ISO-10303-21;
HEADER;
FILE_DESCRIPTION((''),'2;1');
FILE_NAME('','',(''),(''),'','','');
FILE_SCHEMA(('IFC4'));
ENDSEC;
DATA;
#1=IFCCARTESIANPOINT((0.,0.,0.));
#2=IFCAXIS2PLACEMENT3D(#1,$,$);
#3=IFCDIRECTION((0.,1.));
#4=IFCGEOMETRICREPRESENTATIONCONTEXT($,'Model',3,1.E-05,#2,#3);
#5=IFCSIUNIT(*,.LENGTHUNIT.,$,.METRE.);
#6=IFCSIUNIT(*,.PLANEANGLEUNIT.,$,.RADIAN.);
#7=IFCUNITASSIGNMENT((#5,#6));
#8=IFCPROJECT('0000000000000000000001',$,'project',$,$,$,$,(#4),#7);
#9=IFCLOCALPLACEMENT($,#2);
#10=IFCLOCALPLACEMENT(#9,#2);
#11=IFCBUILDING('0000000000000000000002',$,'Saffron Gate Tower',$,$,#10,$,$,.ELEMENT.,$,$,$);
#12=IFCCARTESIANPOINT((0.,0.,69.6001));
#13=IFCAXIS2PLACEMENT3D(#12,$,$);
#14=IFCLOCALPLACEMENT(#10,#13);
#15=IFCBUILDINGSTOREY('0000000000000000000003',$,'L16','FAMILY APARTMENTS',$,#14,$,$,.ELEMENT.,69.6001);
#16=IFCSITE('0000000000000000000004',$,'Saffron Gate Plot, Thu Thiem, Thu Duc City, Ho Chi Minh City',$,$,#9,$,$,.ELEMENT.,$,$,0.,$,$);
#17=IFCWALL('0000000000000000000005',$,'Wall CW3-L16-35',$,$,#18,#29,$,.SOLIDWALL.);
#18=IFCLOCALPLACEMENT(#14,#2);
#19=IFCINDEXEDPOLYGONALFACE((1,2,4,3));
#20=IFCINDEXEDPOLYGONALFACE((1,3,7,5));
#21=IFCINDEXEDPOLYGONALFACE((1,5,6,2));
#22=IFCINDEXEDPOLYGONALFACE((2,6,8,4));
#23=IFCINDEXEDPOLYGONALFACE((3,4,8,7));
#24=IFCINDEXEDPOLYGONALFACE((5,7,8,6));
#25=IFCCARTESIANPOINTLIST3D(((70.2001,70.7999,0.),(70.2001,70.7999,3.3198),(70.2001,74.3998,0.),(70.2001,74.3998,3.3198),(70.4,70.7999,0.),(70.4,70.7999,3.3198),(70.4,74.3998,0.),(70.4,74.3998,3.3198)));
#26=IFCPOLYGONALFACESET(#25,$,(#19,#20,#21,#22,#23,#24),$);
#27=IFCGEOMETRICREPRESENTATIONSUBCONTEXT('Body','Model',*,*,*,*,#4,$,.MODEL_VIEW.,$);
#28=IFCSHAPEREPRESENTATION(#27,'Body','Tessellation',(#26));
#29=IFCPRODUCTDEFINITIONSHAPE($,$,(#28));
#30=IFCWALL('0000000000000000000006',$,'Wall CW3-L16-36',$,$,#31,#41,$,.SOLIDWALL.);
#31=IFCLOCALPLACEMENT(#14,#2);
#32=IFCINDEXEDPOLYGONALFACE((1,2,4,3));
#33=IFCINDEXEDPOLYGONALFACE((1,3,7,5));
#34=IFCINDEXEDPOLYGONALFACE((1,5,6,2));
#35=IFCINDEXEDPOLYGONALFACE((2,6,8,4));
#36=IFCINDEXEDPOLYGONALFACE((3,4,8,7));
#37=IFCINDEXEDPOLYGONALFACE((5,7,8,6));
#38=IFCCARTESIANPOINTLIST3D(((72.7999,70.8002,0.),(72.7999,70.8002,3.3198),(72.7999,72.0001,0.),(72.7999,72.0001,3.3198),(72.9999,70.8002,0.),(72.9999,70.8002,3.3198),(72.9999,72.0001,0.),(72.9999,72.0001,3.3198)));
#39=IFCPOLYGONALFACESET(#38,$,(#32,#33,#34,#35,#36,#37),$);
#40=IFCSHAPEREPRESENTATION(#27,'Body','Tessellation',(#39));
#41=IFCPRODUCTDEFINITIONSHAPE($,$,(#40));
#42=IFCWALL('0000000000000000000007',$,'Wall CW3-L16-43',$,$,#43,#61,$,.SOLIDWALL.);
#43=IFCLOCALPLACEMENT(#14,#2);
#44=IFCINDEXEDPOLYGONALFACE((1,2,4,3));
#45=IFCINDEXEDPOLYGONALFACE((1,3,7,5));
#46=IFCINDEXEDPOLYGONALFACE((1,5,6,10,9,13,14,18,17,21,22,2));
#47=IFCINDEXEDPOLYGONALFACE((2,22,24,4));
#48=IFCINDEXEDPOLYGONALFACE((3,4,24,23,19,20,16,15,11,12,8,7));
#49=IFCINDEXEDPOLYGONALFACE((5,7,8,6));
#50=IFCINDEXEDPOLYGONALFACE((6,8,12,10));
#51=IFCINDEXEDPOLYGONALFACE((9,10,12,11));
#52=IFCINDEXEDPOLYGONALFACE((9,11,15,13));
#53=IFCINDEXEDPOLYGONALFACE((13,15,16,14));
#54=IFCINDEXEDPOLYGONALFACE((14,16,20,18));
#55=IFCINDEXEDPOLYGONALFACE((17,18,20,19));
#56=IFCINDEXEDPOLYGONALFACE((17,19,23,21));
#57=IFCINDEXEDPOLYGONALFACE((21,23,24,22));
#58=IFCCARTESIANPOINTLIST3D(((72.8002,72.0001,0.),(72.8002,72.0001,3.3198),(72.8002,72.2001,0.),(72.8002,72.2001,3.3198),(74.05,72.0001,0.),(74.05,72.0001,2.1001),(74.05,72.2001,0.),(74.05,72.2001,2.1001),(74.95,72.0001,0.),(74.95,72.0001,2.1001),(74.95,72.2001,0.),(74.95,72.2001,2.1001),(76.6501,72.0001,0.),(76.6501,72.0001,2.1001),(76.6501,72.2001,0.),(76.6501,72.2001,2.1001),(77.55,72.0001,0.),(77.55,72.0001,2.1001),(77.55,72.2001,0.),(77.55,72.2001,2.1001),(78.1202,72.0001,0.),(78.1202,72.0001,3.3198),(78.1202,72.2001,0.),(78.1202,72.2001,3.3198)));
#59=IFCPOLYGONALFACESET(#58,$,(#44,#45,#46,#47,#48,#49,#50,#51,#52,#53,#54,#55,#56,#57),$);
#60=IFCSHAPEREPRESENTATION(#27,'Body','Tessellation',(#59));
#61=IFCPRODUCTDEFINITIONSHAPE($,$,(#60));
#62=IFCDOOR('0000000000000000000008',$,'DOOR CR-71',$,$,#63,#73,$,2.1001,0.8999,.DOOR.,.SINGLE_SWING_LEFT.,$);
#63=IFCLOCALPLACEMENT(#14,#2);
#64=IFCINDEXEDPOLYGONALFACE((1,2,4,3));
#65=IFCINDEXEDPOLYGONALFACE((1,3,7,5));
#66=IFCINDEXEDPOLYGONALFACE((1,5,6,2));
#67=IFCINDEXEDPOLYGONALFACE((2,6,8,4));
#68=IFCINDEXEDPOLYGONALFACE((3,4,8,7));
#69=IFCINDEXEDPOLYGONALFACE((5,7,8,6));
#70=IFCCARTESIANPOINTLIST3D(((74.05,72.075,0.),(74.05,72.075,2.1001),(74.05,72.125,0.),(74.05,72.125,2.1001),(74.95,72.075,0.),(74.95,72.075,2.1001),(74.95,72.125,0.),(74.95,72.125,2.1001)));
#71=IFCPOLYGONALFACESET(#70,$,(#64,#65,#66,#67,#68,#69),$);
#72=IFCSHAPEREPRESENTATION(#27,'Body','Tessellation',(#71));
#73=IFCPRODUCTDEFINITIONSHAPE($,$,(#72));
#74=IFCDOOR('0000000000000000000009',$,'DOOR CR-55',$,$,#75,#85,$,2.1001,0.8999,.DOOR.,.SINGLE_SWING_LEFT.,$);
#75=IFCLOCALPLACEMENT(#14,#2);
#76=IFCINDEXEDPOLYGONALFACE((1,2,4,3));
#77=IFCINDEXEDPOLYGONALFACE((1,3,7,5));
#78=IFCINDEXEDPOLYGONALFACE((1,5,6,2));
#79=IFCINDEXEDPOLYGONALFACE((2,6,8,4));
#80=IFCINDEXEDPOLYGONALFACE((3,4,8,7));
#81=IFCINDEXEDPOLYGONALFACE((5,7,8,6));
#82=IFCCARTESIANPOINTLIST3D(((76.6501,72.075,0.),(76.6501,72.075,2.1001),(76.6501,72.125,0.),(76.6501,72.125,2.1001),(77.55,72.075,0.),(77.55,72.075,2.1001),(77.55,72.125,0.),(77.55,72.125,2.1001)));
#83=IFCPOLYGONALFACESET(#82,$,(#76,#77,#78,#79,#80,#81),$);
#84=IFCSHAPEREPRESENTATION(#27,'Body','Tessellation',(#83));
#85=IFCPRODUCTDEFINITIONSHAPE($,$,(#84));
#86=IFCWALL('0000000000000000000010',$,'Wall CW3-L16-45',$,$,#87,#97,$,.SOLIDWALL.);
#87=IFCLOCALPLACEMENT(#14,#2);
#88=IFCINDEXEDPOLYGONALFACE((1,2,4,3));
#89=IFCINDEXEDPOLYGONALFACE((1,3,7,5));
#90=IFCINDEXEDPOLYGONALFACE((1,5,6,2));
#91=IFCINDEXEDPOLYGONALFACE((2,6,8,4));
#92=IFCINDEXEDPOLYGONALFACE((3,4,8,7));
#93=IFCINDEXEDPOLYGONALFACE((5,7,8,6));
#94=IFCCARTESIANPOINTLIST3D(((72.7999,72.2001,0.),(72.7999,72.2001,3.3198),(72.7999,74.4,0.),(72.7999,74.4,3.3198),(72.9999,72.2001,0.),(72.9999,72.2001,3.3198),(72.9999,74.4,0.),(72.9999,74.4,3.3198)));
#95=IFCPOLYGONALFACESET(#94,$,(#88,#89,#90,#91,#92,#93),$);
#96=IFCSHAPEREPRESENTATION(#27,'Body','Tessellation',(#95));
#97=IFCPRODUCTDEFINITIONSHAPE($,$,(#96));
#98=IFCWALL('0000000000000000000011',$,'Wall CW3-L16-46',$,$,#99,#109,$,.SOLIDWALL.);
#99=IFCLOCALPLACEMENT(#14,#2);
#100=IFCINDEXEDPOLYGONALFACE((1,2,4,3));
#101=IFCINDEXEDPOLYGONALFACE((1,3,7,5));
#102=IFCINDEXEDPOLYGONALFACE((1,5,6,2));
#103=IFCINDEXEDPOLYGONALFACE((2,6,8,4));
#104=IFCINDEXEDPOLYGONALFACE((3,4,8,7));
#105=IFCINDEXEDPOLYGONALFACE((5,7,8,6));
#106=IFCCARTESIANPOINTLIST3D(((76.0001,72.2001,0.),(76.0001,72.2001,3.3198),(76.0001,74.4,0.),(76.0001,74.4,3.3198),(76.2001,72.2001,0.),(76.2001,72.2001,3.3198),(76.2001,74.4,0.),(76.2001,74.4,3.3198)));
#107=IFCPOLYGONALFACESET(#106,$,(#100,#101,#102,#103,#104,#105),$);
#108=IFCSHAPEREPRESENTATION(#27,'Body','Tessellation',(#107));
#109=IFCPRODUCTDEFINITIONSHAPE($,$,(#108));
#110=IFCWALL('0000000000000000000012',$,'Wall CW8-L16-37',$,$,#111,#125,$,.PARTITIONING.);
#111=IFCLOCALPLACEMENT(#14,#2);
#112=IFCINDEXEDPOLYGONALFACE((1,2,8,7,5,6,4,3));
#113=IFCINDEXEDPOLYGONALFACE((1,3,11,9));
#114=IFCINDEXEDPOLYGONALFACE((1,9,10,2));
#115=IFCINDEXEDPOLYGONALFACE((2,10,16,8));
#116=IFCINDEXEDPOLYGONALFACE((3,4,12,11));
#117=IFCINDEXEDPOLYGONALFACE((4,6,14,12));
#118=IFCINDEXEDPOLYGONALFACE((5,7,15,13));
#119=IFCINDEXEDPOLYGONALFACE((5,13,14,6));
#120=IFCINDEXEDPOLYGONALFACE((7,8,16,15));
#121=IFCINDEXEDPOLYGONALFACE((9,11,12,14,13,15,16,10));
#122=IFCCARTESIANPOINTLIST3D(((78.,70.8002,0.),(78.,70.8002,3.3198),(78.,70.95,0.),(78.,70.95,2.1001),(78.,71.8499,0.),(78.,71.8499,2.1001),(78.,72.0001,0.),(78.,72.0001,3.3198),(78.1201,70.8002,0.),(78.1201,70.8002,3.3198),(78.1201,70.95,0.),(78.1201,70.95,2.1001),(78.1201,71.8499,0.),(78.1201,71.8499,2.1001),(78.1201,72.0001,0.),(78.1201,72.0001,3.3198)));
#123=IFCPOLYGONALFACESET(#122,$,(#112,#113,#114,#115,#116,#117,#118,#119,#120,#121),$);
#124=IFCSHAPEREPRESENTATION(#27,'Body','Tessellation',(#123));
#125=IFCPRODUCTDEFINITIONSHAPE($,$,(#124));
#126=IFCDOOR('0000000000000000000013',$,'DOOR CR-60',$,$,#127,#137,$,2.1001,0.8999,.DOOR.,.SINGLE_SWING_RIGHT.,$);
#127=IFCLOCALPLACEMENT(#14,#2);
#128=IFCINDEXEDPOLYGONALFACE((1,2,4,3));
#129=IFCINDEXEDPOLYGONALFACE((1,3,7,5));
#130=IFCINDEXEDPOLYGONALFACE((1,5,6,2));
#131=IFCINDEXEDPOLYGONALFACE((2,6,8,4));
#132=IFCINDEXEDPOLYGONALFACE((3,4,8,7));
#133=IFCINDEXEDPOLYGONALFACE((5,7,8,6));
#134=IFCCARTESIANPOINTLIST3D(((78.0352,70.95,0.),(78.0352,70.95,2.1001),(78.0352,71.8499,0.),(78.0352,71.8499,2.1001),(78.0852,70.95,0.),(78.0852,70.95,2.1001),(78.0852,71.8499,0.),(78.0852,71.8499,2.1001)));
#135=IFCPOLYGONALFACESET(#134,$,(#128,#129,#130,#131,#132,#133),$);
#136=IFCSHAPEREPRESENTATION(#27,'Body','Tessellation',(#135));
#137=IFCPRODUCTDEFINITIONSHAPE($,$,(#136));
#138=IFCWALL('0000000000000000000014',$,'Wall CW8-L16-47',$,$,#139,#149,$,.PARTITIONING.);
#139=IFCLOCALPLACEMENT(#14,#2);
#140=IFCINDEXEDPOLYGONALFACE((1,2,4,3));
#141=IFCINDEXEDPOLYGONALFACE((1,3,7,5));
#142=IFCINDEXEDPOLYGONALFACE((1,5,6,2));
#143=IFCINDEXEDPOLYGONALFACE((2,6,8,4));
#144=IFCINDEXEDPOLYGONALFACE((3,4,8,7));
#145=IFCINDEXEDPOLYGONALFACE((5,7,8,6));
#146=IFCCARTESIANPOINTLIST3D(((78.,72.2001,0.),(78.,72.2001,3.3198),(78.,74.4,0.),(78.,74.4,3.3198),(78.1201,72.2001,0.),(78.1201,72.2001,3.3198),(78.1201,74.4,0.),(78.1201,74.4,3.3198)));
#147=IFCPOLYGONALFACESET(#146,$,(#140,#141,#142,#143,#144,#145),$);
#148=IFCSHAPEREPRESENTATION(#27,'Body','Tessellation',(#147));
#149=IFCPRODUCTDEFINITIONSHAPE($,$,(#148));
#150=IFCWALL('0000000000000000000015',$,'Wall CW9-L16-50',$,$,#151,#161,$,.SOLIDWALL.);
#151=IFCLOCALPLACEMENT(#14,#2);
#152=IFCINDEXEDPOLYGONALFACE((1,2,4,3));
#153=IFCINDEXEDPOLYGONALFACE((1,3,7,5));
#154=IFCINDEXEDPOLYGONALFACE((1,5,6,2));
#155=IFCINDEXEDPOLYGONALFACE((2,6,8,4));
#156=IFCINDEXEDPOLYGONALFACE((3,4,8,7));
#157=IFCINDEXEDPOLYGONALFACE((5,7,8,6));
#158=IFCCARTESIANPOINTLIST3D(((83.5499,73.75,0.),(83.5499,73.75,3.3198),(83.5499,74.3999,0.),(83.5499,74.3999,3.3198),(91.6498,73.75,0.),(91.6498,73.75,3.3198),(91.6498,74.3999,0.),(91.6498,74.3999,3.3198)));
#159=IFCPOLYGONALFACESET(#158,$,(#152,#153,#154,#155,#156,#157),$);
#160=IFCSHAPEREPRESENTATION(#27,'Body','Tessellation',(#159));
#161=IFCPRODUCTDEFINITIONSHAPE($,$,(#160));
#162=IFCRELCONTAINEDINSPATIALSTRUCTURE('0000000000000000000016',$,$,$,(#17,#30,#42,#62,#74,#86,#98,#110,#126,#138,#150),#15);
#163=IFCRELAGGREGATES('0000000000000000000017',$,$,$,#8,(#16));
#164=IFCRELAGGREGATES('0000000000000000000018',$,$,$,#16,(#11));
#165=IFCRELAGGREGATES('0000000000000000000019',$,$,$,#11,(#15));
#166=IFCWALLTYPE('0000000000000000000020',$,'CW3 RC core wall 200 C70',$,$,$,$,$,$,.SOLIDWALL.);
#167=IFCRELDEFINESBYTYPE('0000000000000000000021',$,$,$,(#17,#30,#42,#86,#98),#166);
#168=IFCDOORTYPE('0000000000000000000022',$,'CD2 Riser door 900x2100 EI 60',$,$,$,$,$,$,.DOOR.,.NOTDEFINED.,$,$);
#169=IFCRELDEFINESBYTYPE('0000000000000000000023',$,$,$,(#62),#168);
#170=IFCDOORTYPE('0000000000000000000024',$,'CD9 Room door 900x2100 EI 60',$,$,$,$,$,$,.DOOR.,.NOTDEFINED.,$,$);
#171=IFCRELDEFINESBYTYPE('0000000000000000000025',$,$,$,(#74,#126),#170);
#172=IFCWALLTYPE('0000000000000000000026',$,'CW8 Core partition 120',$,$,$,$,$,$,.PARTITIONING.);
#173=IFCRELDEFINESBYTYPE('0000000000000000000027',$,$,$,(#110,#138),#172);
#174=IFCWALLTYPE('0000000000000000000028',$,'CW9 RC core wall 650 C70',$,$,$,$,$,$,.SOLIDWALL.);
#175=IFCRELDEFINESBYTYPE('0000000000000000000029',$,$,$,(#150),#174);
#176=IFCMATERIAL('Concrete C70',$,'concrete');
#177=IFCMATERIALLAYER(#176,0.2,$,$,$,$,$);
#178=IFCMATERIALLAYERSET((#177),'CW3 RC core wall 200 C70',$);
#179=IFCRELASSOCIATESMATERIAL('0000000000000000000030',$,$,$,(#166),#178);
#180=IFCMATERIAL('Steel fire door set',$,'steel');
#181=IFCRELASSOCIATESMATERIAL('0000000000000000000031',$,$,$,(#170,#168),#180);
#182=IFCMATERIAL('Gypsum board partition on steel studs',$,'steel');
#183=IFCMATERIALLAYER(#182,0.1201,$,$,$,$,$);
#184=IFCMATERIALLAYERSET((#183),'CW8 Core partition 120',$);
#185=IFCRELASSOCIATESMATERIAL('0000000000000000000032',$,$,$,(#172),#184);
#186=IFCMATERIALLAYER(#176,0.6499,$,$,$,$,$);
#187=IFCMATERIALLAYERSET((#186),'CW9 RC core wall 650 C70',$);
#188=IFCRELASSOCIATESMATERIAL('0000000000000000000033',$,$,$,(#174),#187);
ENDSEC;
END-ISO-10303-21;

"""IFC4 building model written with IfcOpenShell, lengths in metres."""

from ifc_helpers import new_model, si_unit, direction, frame, frame_2d, origin, place, context, subcontext, project, spatial, rectangle, extrude, material, layer, layer_set, type_object, element, fill, save


model = new_model("IFC4")

# Units and contexts
model_context = context("Model", 3, precision=1e-05, world=origin(), true_north=direction((0.0, 1.0)))
body_context = subcontext(model_context, "Body", "Model", "MODEL_VIEW")
ifc_project = project(units=[si_unit("LENGTHUNIT", "METRE"), si_unit("PLANEANGLEUNIT", "RADIAN")], contexts=[model_context])

# Site, building, storey
site_placement = place(None, origin())
site = spatial("IfcSite", under=ifc_project, at=site_placement, Name="Saffron Gate Plot, Thu Thiem, Thu Duc City, Ho Chi Minh City", CompositionType="ELEMENT", RefElevation=0.0)
building_placement = place(site_placement, origin())
building = spatial("IfcBuilding", under=site, at=building_placement, Name="Saffron Gate Tower", CompositionType="ELEMENT")
storey_placement = place(building_placement, frame((0.0, 0.0, 69.6001)))
storey = spatial("IfcBuildingStorey", under=building, at=storey_placement, Name="L16", Description="FAMILY APARTMENTS", CompositionType="ELEMENT", Elevation=69.6001)

# Shared definitions
ifc_material_1 = material(Name="Concrete C70", Category="concrete")

# Shared definitions
ifc_layer_1 = layer(ifc_material_1, 0.2)
ifc_layer_set_1 = layer_set([ifc_layer_1], Name="CW3 RC core wall 200 C70")
wall_type_1 = type_object("IfcWallType", Name="CW3 RC core wall 200 C70", PredefinedType="SOLIDWALL", material=ifc_layer_set_1)
ifc_material_2 = material(Name="Steel fire door set", Category="steel")
door_type_1 = type_object("IfcDoorType", Name="CD9 Room door 900x2100 EI 60", OperationType="NOTDEFINED", PredefinedType="DOOR", material=ifc_material_2)

# Walls
wall_1_placement = place(storey_placement, frame((70.3, 70.8, 0.0), z_axis=(0.0, 0.0, 1.0), x_axis=(0.0, 1.0, 0.0)))
element("IfcWall", 1, at=wall_1_placement, inside=storey, type_object=wall_type_1, Name="Wall CW3-L16-35", PredefinedType="SOLIDWALL", context=body_context, shape_type="SweptSolid", body=[
    extrude(rectangle(XDim=3.5999, YDim=0.2, at=frame_2d((1.7998, 0.0))), origin(), (0.0, 0.0, 1.0), 3.3198),
])
wall_2_placement = place(storey_placement, frame((72.8999, 70.8, 0.0), z_axis=(0.0, 0.0, 1.0), x_axis=(0.0, 1.0, 0.0)))
element("IfcWall", 2, at=wall_2_placement, inside=storey, type_object=wall_type_1, Name="Wall CW3-L16-36", PredefinedType="SOLIDWALL", context=body_context, shape_type="SweptSolid", body=[
    extrude(rectangle(XDim=1.2, YDim=0.2, at=frame_2d((0.6001, 0.0))), origin(), (0.0, 0.0, 1.0), 3.3198),
])

# Wall, openings, doors
wall_3_placement = place(storey_placement, frame((72.8, 72.1001, 0.0), z_axis=(0.0, 0.0, 1.0), x_axis=(1.0, 0.0, 0.0)))
wall_3 = element("IfcWall", 3, at=wall_3_placement, inside=storey, type_object=wall_type_1, Name="Wall CW3-L16-43", PredefinedType="SOLIDWALL", context=body_context, shape_type="SweptSolid", body=[
    extrude(rectangle(XDim=5.3201, YDim=0.2, at=frame_2d((2.6602, 0.0))), origin(), (0.0, 0.0, 1.0), 3.3198),
])
opening_1_placement = place(wall_3_placement, frame((1.25, 0.0, 0.0)))
opening_1 = element("IfcOpeningElement", 4, at=opening_1_placement, cuts=wall_3, PredefinedType="OPENING", context=body_context, shape_type="SweptSolid", body=[
    extrude(rectangle(XDim=0.8999, YDim=2.1001, at=frame_2d((0.45, 1.05))), frame((0.0, 0.1099, 0.0), z_axis=(0.0, -1.0, 0.0), x_axis=(1.0, 0.0, 0.0)), (0.0, 0.0, 1.0), 0.22),
])
opening_2_placement = place(wall_3_placement, frame((3.8501, 0.0, 0.0)))
opening_2 = element("IfcOpeningElement", 5, at=opening_2_placement, cuts=wall_3, PredefinedType="OPENING", context=body_context, shape_type="SweptSolid", body=[
    extrude(rectangle(XDim=0.8999, YDim=2.1001, at=frame_2d((0.45, 1.05))), frame((0.0, 0.1099, 0.0), z_axis=(0.0, -1.0, 0.0), x_axis=(1.0, 0.0, 0.0)), (0.0, 0.0, 1.0), 0.22),
])
door_type_2 = type_object("IfcDoorType", Name="CD2 Riser door 900x2100 EI 60", OperationType="NOTDEFINED", PredefinedType="DOOR", material=ifc_material_2)
door_1_placement = place(opening_1_placement, origin())
door_1 = element("IfcDoor", 6, at=door_1_placement, inside=storey, type_object=door_type_2, Name="DOOR CR-71", OperationType="SINGLE_SWING_LEFT", OverallHeight=2.1001, OverallWidth=0.8999, PredefinedType="DOOR", context=body_context, shape_type="SweptSolid", body=[
    extrude(rectangle(XDim=0.8999, YDim=2.1001, at=frame_2d((0.45, 1.05))), frame((0.0, 0.0249, 0.0), z_axis=(0.0, -1.0, 0.0), x_axis=(1.0, 0.0, 0.0)), (0.0, 0.0, 1.0), 0.05),
])
fill(opening_1, door_1)
door_2_placement = place(opening_2_placement, origin())
door_2 = element("IfcDoor", 7, at=door_2_placement, inside=storey, type_object=door_type_1, Name="DOOR CR-55", OperationType="SINGLE_SWING_LEFT", OverallHeight=2.1001, OverallWidth=0.8999, PredefinedType="DOOR", context=body_context, shape_type="SweptSolid", body=[
    extrude(rectangle(XDim=0.8999, YDim=2.1001, at=frame_2d((0.45, 1.05))), frame((0.0, 0.0249, 0.0), z_axis=(0.0, -1.0, 0.0), x_axis=(1.0, 0.0, 0.0)), (0.0, 0.0, 1.0), 0.05),
])
fill(opening_2, door_2)

# Walls
for number, where, z_axis, x_axis, name in (
    (8, (72.8999, 72.2, 0.0), (0.0, 0.0, 1.0), (0.0, 1.0, 0.0), "Wall CW3-L16-45"),
    (9, (76.1001, 72.2, 0.0), (0.0, 0.0, 1.0), (0.0, 1.0, 0.0), "Wall CW3-L16-46"),
):
    element("IfcWall", number, at=place(storey_placement, frame(where, z_axis=z_axis, x_axis=x_axis)), inside=storey, type_object=wall_type_1, Name=name, PredefinedType="SOLIDWALL", context=body_context, shape_type="SweptSolid", body=[
        extrude(rectangle(XDim=2.2, YDim=0.2, at=frame_2d((1.1001, 0.0))), origin(), (0.0, 0.0, 1.0), 3.3198),
    ])

# Wall, opening, door
ifc_material_3 = material(Name="Gypsum board partition on steel studs", Category="steel")
ifc_layer_2 = layer(ifc_material_3, 0.1201)
ifc_layer_set_2 = layer_set([ifc_layer_2], Name="CW8 Core partition 120")
wall_type_2 = type_object("IfcWallType", Name="CW8 Core partition 120", PredefinedType="PARTITIONING", material=ifc_layer_set_2)
wall_4_placement = place(storey_placement, frame((78.0601, 70.8, 0.0), z_axis=(0.0, 0.0, 1.0), x_axis=(0.0, 1.0, 0.0)))
wall_4 = element("IfcWall", 10, at=wall_4_placement, inside=storey, type_object=wall_type_2, Name="Wall CW8-L16-37", PredefinedType="PARTITIONING", context=body_context, shape_type="SweptSolid", body=[
    extrude(rectangle(XDim=1.2, YDim=0.1201, at=frame_2d((0.6001, 0.0))), origin(), (0.0, 0.0, 1.0), 3.3198),
])
opening_3_placement = place(wall_4_placement, frame((0.1499, 0.0, 0.0)))
opening_3 = element("IfcOpeningElement", 11, at=opening_3_placement, cuts=wall_4, PredefinedType="OPENING", context=body_context, shape_type="SweptSolid", body=[
    extrude(rectangle(XDim=0.8999, YDim=2.1001, at=frame_2d((0.45, 1.05))), frame((0.0, 0.0701, 0.0), z_axis=(0.0, -1.0, 0.0), x_axis=(1.0, 0.0, 0.0)), (0.0, 0.0, 1.0), 0.1401),
])
door_3_placement = place(opening_3_placement, origin())
door_3 = element("IfcDoor", 12, at=door_3_placement, inside=storey, type_object=door_type_1, Name="DOOR CR-60", OperationType="SINGLE_SWING_RIGHT", OverallHeight=2.1001, OverallWidth=0.8999, PredefinedType="DOOR", context=body_context, shape_type="SweptSolid", body=[
    extrude(rectangle(XDim=0.8999, YDim=2.1001, at=frame_2d((0.45, 1.05))), frame((0.0, 0.0249, 0.0), z_axis=(0.0, -1.0, 0.0), x_axis=(1.0, 0.0, 0.0)), (0.0, 0.0, 1.0), 0.05),
])
fill(opening_3, door_3)

# Walls
wall_5_placement = place(storey_placement, frame((78.0601, 72.2, 0.0), z_axis=(0.0, 0.0, 1.0), x_axis=(0.0, 1.0, 0.0)))
element("IfcWall", 13, at=wall_5_placement, inside=storey, type_object=wall_type_2, Name="Wall CW8-L16-47", PredefinedType="PARTITIONING", context=body_context, shape_type="SweptSolid", body=[
    extrude(rectangle(XDim=2.2, YDim=0.1201, at=frame_2d((1.1001, 0.0))), origin(), (0.0, 0.0, 1.0), 3.3198),
])
ifc_layer_3 = layer(ifc_material_1, 0.6499)
ifc_layer_set_3 = layer_set([ifc_layer_3], Name="CW9 RC core wall 650 C70")
wall_type_3 = type_object("IfcWallType", Name="CW9 RC core wall 650 C70", PredefinedType="SOLIDWALL", material=ifc_layer_set_3)
wall_6_placement = place(storey_placement, frame((83.55, 74.075, 0.0), z_axis=(0.0, 0.0, 1.0), x_axis=(1.0, 0.0, 0.0)))
element("IfcWall", 14, at=wall_6_placement, inside=storey, type_object=wall_type_3, Name="Wall CW9-L16-50", PredefinedType="SOLIDWALL", context=body_context, shape_type="SweptSolid", body=[
    extrude(rectangle(XDim=8.0999, YDim=0.6499, at=frame_2d((4.0498, 0.0))), origin(), (0.0, 0.0, 1.0), 3.3198),
])

save(model, "model.ifc")
